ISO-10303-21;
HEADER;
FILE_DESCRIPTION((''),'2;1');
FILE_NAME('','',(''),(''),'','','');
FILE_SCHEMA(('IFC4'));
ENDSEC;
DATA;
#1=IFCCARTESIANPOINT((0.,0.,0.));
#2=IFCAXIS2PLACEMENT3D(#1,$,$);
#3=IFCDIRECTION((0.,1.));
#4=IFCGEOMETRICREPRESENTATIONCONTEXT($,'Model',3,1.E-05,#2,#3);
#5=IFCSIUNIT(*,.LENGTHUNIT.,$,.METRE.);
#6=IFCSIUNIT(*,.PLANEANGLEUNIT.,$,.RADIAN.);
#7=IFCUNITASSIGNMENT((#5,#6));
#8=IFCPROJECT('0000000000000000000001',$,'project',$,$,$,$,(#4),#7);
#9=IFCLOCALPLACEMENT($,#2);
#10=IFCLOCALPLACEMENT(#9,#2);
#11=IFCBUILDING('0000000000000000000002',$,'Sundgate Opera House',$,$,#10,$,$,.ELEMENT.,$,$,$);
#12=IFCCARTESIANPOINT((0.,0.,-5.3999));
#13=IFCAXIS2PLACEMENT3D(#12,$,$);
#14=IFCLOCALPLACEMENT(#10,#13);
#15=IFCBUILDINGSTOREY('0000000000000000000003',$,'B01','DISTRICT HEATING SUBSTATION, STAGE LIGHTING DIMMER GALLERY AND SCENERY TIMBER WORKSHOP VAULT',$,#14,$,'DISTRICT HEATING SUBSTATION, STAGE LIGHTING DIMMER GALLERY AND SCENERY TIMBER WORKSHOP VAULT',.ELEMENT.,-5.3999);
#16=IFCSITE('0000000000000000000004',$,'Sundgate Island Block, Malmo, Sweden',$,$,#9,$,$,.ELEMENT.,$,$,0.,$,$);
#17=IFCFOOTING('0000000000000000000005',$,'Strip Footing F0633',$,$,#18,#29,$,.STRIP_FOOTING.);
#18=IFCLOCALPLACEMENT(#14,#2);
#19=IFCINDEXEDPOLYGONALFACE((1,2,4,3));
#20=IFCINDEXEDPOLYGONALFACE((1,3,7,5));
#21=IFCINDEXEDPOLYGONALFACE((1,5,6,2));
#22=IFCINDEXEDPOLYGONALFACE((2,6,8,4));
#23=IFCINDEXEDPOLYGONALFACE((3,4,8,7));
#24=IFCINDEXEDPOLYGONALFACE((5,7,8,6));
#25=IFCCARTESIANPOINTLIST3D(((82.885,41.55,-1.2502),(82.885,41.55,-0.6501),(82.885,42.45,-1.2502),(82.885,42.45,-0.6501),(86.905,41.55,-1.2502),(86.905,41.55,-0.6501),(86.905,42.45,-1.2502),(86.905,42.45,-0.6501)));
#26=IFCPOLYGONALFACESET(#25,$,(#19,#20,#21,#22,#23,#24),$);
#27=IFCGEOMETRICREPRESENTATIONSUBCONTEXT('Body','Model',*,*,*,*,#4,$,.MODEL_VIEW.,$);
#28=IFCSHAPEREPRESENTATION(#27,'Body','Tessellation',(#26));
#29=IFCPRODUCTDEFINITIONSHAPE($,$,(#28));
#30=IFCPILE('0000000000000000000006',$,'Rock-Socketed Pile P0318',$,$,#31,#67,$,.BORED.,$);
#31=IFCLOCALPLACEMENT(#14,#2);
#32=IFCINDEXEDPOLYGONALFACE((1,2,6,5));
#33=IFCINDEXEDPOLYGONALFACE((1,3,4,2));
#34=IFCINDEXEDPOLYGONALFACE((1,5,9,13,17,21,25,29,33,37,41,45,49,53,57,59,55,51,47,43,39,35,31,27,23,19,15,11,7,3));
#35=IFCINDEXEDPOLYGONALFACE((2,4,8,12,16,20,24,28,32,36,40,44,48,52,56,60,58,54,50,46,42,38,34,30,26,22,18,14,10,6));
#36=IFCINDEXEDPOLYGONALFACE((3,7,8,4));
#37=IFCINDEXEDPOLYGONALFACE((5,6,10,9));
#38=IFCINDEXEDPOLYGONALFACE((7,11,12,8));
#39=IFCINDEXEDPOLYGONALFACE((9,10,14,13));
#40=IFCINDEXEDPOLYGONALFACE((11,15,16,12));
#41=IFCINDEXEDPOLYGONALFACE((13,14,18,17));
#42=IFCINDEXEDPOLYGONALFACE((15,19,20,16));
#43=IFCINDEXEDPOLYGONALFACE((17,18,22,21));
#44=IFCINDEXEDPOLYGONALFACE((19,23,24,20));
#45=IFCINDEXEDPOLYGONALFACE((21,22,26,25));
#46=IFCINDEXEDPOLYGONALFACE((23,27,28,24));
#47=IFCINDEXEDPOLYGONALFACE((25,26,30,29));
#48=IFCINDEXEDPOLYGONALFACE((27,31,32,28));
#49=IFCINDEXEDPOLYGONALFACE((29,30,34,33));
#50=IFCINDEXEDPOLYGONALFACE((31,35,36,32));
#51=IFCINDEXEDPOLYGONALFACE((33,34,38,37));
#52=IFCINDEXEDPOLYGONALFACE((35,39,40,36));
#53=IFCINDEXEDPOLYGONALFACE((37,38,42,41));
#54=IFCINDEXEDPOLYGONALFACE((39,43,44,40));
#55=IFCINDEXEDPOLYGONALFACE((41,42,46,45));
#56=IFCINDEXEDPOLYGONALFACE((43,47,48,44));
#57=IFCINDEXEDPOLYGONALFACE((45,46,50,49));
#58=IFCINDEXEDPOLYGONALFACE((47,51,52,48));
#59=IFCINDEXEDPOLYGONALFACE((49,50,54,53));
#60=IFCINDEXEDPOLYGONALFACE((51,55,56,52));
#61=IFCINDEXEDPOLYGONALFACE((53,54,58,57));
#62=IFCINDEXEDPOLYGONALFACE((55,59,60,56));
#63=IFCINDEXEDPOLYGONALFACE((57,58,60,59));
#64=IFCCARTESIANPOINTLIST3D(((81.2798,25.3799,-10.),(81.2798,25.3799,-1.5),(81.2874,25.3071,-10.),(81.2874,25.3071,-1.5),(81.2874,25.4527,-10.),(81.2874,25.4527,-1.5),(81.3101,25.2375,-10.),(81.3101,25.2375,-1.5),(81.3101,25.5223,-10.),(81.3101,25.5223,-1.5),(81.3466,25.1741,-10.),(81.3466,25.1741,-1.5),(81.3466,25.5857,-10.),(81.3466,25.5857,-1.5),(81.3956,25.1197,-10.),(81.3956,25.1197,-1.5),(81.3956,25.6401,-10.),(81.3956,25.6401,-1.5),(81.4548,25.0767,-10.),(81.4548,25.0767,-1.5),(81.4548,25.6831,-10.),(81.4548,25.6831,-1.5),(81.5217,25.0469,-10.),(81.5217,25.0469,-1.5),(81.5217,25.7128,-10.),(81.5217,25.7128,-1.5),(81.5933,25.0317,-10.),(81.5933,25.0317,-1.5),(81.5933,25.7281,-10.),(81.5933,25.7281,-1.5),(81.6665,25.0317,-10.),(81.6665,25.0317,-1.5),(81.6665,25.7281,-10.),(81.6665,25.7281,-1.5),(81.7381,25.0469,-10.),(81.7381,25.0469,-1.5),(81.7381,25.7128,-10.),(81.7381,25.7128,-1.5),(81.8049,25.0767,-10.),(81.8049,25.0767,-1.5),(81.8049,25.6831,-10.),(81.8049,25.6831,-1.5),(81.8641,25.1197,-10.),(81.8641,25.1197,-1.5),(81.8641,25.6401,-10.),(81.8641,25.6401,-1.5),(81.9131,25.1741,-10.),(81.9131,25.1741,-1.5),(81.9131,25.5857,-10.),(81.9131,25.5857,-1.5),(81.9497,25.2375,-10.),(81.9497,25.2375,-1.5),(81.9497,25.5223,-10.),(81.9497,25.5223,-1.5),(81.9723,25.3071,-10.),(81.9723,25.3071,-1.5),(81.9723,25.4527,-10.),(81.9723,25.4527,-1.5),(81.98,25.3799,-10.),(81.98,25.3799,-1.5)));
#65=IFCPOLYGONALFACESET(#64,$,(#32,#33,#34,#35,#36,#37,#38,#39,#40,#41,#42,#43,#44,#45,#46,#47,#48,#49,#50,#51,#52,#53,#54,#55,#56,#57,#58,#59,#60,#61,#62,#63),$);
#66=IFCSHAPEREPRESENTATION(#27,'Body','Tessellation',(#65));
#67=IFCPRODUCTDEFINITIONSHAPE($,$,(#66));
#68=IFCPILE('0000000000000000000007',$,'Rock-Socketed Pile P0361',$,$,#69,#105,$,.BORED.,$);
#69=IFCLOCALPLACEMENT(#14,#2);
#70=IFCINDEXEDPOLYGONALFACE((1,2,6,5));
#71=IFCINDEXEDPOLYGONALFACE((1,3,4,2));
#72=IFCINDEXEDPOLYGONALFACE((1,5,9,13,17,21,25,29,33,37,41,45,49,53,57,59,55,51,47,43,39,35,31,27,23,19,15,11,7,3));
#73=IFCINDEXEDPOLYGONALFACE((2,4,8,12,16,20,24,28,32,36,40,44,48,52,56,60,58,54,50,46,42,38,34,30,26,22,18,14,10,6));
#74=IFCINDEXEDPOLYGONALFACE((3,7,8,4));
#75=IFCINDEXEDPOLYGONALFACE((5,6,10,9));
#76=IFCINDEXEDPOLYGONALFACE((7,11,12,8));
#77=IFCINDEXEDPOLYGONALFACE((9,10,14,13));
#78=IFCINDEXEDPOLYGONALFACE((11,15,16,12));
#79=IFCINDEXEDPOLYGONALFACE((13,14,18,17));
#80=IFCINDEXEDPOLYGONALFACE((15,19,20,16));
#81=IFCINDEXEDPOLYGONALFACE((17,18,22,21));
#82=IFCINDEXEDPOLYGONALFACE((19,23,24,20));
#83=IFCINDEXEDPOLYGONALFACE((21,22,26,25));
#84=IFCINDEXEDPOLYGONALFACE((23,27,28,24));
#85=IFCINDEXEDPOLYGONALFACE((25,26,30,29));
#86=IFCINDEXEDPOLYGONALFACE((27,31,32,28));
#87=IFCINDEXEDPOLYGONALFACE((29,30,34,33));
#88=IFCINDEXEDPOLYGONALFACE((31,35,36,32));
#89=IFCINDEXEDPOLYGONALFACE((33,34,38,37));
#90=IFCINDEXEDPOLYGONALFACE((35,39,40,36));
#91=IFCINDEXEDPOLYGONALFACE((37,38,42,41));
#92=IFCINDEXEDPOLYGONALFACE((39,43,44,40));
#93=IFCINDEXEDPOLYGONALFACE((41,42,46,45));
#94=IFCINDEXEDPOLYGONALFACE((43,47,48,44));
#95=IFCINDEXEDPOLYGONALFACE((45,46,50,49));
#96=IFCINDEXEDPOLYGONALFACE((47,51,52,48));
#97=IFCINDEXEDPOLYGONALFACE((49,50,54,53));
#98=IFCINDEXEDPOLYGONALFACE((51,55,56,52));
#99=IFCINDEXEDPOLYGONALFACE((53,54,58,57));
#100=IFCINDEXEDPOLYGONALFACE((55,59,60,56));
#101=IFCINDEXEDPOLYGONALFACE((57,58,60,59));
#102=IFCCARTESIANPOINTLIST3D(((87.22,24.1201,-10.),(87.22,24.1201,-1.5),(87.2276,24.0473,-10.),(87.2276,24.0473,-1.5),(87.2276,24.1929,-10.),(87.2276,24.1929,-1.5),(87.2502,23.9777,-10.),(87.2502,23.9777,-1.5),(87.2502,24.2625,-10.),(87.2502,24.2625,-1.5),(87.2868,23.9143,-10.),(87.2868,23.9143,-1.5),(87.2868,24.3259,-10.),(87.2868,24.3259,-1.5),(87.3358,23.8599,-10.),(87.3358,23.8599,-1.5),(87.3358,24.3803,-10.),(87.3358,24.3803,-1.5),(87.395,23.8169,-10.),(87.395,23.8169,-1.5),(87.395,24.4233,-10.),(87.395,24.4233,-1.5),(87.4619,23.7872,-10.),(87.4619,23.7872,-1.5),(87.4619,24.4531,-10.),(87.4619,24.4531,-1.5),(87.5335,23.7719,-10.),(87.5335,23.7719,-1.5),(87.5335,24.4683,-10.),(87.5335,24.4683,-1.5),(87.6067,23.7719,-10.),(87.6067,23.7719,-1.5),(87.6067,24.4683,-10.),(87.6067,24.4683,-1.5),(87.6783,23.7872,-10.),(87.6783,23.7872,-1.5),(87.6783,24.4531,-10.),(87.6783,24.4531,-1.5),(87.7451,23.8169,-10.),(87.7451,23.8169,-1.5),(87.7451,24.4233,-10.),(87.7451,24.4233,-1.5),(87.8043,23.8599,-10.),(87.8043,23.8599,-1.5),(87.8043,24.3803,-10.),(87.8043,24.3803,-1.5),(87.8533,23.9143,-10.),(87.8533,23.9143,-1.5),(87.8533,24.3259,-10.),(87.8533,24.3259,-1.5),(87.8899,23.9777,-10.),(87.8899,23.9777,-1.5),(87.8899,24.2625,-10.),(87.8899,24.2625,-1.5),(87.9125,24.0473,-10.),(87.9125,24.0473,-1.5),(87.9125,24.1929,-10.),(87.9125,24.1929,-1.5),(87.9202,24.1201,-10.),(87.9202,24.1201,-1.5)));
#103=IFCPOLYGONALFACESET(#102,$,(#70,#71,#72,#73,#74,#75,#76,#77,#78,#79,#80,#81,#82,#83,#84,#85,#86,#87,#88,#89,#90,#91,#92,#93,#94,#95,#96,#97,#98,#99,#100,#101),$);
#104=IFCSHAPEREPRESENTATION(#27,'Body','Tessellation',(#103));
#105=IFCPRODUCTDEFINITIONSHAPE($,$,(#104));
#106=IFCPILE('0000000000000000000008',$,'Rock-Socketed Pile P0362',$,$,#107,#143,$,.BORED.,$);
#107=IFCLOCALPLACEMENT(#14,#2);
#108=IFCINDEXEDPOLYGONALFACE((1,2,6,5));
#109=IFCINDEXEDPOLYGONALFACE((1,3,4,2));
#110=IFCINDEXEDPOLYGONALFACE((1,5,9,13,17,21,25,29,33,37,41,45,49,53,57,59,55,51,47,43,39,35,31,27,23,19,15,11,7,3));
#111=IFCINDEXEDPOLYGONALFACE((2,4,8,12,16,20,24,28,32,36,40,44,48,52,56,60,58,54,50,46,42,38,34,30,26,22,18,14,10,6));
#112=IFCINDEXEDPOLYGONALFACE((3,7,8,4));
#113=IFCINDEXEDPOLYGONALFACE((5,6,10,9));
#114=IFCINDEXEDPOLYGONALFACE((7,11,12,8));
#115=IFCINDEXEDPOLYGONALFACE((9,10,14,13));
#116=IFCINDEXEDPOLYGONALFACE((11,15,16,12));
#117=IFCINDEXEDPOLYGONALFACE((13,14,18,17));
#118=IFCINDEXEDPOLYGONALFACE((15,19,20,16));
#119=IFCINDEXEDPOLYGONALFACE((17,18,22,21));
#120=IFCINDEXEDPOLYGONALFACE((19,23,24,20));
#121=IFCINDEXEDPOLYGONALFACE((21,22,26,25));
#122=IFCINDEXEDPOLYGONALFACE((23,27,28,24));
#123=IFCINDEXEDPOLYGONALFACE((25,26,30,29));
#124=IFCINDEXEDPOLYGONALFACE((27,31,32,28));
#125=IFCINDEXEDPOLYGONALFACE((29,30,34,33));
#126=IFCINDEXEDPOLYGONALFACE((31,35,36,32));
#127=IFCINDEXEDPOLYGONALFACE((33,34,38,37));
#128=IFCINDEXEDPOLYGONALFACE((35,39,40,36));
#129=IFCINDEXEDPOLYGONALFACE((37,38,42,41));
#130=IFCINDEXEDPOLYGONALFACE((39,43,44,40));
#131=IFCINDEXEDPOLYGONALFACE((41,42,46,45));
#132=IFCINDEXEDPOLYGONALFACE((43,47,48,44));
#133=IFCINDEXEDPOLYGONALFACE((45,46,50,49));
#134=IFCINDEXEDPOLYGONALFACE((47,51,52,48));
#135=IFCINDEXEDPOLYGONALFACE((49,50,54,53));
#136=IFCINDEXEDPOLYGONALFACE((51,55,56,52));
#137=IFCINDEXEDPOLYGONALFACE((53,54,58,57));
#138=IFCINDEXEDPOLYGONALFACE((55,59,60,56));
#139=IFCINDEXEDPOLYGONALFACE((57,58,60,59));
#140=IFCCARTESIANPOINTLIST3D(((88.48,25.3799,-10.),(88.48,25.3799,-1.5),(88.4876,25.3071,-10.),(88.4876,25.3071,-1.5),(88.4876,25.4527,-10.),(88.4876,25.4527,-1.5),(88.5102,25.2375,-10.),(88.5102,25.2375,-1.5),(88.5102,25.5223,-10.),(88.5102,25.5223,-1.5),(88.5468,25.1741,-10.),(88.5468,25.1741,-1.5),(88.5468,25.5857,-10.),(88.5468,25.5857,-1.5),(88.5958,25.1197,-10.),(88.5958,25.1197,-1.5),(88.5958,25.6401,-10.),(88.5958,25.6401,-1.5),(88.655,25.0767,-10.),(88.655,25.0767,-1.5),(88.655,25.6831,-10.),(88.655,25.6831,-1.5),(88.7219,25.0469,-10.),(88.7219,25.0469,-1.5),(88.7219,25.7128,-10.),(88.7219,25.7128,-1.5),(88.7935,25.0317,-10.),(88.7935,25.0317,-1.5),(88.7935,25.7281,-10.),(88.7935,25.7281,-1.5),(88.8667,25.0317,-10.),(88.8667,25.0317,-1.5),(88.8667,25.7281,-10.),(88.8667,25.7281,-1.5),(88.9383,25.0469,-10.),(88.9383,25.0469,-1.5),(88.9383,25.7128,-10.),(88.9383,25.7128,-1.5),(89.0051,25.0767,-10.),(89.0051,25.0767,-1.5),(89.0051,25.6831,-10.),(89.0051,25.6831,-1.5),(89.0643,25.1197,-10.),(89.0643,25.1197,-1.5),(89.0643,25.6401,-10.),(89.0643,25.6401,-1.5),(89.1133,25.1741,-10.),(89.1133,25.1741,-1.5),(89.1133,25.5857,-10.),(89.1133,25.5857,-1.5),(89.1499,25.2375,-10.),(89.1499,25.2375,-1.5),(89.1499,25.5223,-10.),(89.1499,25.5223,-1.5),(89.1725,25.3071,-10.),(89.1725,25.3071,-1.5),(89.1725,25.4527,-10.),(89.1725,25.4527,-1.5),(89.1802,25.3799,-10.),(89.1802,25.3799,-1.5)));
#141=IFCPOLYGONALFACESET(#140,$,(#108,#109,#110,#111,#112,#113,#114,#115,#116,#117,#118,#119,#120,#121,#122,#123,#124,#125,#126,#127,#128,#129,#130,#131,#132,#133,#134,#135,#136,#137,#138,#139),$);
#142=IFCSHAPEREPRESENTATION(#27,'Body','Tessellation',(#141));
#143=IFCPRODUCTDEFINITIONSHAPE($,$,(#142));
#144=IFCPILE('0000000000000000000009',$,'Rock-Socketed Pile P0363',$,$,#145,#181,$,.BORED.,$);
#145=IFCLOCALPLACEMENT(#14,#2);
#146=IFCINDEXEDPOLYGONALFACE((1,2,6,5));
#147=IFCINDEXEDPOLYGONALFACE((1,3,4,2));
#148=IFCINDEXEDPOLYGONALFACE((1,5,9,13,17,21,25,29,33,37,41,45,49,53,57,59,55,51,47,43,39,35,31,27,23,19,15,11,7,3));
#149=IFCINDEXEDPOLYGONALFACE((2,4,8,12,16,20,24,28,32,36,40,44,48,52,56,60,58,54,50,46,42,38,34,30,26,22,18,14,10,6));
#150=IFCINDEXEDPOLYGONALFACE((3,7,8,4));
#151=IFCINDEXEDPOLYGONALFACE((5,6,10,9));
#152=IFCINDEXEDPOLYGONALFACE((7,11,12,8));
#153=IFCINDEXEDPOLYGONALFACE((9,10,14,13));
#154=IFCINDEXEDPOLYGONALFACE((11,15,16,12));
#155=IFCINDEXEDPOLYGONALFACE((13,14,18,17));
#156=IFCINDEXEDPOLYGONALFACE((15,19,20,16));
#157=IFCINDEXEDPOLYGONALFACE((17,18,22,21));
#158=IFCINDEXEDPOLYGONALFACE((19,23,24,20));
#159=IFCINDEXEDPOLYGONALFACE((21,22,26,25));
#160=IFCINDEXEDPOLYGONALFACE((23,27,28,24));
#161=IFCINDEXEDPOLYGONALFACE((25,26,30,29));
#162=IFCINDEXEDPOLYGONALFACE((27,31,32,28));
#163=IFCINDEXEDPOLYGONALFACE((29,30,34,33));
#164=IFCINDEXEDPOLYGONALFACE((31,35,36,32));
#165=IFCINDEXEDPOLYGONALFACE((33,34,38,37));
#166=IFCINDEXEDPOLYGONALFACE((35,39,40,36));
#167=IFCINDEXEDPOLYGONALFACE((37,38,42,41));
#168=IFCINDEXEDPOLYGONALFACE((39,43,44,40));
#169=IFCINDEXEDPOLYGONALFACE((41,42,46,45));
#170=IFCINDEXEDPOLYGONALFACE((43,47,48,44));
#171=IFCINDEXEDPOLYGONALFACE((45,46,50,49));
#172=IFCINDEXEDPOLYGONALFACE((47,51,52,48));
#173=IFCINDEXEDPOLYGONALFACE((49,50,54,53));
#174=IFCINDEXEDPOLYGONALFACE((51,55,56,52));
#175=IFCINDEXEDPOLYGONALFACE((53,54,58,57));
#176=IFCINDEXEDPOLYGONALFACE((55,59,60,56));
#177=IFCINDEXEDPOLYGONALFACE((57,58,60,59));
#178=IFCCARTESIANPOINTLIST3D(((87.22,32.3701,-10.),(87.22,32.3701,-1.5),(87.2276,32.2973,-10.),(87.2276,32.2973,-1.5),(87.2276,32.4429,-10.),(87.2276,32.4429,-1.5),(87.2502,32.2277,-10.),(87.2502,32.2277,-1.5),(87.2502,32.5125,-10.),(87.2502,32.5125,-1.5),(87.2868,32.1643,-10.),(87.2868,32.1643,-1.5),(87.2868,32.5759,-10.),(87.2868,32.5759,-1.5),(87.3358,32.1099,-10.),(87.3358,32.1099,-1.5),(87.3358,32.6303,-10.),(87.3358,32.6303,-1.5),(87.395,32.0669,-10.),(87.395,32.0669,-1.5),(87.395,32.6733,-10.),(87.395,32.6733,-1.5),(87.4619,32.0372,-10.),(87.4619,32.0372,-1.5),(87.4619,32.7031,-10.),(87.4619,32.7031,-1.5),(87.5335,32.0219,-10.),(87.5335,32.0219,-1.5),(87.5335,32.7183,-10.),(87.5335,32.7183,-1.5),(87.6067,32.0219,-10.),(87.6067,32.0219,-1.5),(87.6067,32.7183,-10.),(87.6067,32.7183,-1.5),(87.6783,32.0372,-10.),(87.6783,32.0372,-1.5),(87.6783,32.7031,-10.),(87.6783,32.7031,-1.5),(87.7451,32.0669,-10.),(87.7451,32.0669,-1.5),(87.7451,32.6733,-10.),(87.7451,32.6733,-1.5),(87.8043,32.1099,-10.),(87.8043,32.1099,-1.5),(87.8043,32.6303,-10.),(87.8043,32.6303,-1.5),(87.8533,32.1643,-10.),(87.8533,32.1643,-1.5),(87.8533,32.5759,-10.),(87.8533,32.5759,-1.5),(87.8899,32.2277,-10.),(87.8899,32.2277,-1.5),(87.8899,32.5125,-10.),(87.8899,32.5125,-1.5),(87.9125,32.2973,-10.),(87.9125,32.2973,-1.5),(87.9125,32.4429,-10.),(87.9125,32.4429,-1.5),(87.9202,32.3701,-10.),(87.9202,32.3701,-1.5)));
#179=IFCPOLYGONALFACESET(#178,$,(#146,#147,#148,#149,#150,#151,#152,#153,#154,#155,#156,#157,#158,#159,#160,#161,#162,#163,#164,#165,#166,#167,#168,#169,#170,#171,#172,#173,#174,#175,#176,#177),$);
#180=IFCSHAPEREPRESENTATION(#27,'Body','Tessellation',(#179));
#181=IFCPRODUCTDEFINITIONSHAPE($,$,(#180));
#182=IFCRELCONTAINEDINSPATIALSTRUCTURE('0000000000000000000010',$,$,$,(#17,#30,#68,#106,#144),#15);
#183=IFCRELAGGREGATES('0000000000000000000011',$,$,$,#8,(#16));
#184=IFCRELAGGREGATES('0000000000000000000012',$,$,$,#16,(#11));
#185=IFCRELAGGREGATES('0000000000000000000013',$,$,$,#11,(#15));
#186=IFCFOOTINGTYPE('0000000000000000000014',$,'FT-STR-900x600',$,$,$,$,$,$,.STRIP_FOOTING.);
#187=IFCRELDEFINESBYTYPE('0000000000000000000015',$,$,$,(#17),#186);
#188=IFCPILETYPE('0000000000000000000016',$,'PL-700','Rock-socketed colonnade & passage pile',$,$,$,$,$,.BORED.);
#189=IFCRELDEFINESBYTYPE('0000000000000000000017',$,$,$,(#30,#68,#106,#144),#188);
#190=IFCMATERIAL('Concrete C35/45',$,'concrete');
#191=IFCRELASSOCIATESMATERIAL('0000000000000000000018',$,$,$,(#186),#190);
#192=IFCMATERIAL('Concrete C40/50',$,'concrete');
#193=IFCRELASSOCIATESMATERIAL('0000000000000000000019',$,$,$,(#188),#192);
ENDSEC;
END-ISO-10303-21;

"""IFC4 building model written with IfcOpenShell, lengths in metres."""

from ifc_helpers import new_model, si_unit, direction, frame, origin, origin_2d, place, context, subcontext, project, spatial, rectangle, circle, extrude, material, material_profile, profile_set, type_object, element, save


model = new_model("IFC4")

# Units and contexts
model_context = context("Model", 3, precision=1e-05, world=origin(), true_north=direction((0.0, 1.0)))
body_context = subcontext(model_context, "Body", "Model", "MODEL_VIEW")
ifc_project = project(units=[si_unit("LENGTHUNIT", "METRE"), si_unit("PLANEANGLEUNIT", "RADIAN")], contexts=[model_context])

# Site, building, storey
site_placement = place(None, origin())
site = spatial("IfcSite", under=ifc_project, at=site_placement, Name="Sundgate Island Block, Malmo, Sweden", CompositionType="ELEMENT", RefElevation=0.0)
building_placement = place(site_placement, origin())
building = spatial("IfcBuilding", under=site, at=building_placement, Name="Sundgate Opera House", CompositionType="ELEMENT")
storey_placement = place(building_placement, frame((0.0, 0.0, -5.3999)))
storey = spatial("IfcBuildingStorey", under=building, at=storey_placement, Name="B01", Description="DISTRICT HEATING SUBSTATION, STAGE LIGHTING DIMMER GALLERY AND SCENERY TIMBER WORKSHOP VAULT", LongName="DISTRICT HEATING SUBSTATION, STAGE LIGHTING DIMMER GALLERY AND SCENERY TIMBER WORKSHOP VAULT", CompositionType="ELEMENT", Elevation=-5.3999)

# Footing
ifc_material_1 = material(Name="Concrete C35/45", Category="concrete")
footing_type_1 = type_object("IfcFootingType", Name="FT-STR-900x600", PredefinedType="STRIP_FOOTING", material=ifc_material_1)
footing_1_placement = place(storey_placement, frame((84.895, 42.0, -1.2502), z_axis=(0.0, 0.0, 1.0), x_axis=(1.0, 0.0, 0.0)))
element("IfcFooting", 1, at=footing_1_placement, inside=storey, type_object=footing_type_1, Name="Strip Footing F0633", PredefinedType="STRIP_FOOTING", context=body_context, shape_type="SweptSolid", body=[
    extrude(rectangle(XDim=4.02, YDim=0.8999, at=origin_2d()), origin(), (0.0, 0.0, 1.0), 0.6001),
])

# Piles
ifc_material_2 = material(Name="Concrete C40/50", Category="concrete")
ifc_material_profile_1 = material_profile(ifc_material_2, circle(Radius=0.3501, at=origin_2d()), Name="PILE D700")
ifc_profile_set_1 = profile_set([ifc_material_profile_1], Name="Concrete C40/50")
pile_type_1 = type_object("IfcPileType", Name="PL-700", Description="Rock-socketed colonnade & passage pile", PredefinedType="BORED", material=ifc_profile_set_1)
for number, where, z_axis, x_axis, name in (
    (2, (81.6299, 25.3799, -1.5), (0.0, 0.0, -1.0), (1.0, 0.0, 0.0), "Rock-Socketed Pile P0318"),
    (3, (87.5701, 24.1201, -1.5), (0.0, 0.0, -1.0), (1.0, 0.0, 0.0), "Rock-Socketed Pile P0361"),
    (4, (88.8301, 25.3799, -1.5), (0.0, 0.0, -1.0), (1.0, 0.0, 0.0), "Rock-Socketed Pile P0362"),
    (5, (87.5701, 32.3701, -1.5), (0.0, 0.0, -1.0), (1.0, 0.0, 0.0), "Rock-Socketed Pile P0363"),
):
    element("IfcPile", number, at=place(storey_placement, frame(where, z_axis=z_axis, x_axis=x_axis)), inside=storey, type_object=pile_type_1, Name=name, PredefinedType="BORED", context=body_context, shape_type="SweptSolid", body=[
        extrude(circle(Radius=0.3501, at=origin_2d()), origin(), (0.0, 0.0, 1.0), 8.5),
    ])

save(model, "model.ifc")
